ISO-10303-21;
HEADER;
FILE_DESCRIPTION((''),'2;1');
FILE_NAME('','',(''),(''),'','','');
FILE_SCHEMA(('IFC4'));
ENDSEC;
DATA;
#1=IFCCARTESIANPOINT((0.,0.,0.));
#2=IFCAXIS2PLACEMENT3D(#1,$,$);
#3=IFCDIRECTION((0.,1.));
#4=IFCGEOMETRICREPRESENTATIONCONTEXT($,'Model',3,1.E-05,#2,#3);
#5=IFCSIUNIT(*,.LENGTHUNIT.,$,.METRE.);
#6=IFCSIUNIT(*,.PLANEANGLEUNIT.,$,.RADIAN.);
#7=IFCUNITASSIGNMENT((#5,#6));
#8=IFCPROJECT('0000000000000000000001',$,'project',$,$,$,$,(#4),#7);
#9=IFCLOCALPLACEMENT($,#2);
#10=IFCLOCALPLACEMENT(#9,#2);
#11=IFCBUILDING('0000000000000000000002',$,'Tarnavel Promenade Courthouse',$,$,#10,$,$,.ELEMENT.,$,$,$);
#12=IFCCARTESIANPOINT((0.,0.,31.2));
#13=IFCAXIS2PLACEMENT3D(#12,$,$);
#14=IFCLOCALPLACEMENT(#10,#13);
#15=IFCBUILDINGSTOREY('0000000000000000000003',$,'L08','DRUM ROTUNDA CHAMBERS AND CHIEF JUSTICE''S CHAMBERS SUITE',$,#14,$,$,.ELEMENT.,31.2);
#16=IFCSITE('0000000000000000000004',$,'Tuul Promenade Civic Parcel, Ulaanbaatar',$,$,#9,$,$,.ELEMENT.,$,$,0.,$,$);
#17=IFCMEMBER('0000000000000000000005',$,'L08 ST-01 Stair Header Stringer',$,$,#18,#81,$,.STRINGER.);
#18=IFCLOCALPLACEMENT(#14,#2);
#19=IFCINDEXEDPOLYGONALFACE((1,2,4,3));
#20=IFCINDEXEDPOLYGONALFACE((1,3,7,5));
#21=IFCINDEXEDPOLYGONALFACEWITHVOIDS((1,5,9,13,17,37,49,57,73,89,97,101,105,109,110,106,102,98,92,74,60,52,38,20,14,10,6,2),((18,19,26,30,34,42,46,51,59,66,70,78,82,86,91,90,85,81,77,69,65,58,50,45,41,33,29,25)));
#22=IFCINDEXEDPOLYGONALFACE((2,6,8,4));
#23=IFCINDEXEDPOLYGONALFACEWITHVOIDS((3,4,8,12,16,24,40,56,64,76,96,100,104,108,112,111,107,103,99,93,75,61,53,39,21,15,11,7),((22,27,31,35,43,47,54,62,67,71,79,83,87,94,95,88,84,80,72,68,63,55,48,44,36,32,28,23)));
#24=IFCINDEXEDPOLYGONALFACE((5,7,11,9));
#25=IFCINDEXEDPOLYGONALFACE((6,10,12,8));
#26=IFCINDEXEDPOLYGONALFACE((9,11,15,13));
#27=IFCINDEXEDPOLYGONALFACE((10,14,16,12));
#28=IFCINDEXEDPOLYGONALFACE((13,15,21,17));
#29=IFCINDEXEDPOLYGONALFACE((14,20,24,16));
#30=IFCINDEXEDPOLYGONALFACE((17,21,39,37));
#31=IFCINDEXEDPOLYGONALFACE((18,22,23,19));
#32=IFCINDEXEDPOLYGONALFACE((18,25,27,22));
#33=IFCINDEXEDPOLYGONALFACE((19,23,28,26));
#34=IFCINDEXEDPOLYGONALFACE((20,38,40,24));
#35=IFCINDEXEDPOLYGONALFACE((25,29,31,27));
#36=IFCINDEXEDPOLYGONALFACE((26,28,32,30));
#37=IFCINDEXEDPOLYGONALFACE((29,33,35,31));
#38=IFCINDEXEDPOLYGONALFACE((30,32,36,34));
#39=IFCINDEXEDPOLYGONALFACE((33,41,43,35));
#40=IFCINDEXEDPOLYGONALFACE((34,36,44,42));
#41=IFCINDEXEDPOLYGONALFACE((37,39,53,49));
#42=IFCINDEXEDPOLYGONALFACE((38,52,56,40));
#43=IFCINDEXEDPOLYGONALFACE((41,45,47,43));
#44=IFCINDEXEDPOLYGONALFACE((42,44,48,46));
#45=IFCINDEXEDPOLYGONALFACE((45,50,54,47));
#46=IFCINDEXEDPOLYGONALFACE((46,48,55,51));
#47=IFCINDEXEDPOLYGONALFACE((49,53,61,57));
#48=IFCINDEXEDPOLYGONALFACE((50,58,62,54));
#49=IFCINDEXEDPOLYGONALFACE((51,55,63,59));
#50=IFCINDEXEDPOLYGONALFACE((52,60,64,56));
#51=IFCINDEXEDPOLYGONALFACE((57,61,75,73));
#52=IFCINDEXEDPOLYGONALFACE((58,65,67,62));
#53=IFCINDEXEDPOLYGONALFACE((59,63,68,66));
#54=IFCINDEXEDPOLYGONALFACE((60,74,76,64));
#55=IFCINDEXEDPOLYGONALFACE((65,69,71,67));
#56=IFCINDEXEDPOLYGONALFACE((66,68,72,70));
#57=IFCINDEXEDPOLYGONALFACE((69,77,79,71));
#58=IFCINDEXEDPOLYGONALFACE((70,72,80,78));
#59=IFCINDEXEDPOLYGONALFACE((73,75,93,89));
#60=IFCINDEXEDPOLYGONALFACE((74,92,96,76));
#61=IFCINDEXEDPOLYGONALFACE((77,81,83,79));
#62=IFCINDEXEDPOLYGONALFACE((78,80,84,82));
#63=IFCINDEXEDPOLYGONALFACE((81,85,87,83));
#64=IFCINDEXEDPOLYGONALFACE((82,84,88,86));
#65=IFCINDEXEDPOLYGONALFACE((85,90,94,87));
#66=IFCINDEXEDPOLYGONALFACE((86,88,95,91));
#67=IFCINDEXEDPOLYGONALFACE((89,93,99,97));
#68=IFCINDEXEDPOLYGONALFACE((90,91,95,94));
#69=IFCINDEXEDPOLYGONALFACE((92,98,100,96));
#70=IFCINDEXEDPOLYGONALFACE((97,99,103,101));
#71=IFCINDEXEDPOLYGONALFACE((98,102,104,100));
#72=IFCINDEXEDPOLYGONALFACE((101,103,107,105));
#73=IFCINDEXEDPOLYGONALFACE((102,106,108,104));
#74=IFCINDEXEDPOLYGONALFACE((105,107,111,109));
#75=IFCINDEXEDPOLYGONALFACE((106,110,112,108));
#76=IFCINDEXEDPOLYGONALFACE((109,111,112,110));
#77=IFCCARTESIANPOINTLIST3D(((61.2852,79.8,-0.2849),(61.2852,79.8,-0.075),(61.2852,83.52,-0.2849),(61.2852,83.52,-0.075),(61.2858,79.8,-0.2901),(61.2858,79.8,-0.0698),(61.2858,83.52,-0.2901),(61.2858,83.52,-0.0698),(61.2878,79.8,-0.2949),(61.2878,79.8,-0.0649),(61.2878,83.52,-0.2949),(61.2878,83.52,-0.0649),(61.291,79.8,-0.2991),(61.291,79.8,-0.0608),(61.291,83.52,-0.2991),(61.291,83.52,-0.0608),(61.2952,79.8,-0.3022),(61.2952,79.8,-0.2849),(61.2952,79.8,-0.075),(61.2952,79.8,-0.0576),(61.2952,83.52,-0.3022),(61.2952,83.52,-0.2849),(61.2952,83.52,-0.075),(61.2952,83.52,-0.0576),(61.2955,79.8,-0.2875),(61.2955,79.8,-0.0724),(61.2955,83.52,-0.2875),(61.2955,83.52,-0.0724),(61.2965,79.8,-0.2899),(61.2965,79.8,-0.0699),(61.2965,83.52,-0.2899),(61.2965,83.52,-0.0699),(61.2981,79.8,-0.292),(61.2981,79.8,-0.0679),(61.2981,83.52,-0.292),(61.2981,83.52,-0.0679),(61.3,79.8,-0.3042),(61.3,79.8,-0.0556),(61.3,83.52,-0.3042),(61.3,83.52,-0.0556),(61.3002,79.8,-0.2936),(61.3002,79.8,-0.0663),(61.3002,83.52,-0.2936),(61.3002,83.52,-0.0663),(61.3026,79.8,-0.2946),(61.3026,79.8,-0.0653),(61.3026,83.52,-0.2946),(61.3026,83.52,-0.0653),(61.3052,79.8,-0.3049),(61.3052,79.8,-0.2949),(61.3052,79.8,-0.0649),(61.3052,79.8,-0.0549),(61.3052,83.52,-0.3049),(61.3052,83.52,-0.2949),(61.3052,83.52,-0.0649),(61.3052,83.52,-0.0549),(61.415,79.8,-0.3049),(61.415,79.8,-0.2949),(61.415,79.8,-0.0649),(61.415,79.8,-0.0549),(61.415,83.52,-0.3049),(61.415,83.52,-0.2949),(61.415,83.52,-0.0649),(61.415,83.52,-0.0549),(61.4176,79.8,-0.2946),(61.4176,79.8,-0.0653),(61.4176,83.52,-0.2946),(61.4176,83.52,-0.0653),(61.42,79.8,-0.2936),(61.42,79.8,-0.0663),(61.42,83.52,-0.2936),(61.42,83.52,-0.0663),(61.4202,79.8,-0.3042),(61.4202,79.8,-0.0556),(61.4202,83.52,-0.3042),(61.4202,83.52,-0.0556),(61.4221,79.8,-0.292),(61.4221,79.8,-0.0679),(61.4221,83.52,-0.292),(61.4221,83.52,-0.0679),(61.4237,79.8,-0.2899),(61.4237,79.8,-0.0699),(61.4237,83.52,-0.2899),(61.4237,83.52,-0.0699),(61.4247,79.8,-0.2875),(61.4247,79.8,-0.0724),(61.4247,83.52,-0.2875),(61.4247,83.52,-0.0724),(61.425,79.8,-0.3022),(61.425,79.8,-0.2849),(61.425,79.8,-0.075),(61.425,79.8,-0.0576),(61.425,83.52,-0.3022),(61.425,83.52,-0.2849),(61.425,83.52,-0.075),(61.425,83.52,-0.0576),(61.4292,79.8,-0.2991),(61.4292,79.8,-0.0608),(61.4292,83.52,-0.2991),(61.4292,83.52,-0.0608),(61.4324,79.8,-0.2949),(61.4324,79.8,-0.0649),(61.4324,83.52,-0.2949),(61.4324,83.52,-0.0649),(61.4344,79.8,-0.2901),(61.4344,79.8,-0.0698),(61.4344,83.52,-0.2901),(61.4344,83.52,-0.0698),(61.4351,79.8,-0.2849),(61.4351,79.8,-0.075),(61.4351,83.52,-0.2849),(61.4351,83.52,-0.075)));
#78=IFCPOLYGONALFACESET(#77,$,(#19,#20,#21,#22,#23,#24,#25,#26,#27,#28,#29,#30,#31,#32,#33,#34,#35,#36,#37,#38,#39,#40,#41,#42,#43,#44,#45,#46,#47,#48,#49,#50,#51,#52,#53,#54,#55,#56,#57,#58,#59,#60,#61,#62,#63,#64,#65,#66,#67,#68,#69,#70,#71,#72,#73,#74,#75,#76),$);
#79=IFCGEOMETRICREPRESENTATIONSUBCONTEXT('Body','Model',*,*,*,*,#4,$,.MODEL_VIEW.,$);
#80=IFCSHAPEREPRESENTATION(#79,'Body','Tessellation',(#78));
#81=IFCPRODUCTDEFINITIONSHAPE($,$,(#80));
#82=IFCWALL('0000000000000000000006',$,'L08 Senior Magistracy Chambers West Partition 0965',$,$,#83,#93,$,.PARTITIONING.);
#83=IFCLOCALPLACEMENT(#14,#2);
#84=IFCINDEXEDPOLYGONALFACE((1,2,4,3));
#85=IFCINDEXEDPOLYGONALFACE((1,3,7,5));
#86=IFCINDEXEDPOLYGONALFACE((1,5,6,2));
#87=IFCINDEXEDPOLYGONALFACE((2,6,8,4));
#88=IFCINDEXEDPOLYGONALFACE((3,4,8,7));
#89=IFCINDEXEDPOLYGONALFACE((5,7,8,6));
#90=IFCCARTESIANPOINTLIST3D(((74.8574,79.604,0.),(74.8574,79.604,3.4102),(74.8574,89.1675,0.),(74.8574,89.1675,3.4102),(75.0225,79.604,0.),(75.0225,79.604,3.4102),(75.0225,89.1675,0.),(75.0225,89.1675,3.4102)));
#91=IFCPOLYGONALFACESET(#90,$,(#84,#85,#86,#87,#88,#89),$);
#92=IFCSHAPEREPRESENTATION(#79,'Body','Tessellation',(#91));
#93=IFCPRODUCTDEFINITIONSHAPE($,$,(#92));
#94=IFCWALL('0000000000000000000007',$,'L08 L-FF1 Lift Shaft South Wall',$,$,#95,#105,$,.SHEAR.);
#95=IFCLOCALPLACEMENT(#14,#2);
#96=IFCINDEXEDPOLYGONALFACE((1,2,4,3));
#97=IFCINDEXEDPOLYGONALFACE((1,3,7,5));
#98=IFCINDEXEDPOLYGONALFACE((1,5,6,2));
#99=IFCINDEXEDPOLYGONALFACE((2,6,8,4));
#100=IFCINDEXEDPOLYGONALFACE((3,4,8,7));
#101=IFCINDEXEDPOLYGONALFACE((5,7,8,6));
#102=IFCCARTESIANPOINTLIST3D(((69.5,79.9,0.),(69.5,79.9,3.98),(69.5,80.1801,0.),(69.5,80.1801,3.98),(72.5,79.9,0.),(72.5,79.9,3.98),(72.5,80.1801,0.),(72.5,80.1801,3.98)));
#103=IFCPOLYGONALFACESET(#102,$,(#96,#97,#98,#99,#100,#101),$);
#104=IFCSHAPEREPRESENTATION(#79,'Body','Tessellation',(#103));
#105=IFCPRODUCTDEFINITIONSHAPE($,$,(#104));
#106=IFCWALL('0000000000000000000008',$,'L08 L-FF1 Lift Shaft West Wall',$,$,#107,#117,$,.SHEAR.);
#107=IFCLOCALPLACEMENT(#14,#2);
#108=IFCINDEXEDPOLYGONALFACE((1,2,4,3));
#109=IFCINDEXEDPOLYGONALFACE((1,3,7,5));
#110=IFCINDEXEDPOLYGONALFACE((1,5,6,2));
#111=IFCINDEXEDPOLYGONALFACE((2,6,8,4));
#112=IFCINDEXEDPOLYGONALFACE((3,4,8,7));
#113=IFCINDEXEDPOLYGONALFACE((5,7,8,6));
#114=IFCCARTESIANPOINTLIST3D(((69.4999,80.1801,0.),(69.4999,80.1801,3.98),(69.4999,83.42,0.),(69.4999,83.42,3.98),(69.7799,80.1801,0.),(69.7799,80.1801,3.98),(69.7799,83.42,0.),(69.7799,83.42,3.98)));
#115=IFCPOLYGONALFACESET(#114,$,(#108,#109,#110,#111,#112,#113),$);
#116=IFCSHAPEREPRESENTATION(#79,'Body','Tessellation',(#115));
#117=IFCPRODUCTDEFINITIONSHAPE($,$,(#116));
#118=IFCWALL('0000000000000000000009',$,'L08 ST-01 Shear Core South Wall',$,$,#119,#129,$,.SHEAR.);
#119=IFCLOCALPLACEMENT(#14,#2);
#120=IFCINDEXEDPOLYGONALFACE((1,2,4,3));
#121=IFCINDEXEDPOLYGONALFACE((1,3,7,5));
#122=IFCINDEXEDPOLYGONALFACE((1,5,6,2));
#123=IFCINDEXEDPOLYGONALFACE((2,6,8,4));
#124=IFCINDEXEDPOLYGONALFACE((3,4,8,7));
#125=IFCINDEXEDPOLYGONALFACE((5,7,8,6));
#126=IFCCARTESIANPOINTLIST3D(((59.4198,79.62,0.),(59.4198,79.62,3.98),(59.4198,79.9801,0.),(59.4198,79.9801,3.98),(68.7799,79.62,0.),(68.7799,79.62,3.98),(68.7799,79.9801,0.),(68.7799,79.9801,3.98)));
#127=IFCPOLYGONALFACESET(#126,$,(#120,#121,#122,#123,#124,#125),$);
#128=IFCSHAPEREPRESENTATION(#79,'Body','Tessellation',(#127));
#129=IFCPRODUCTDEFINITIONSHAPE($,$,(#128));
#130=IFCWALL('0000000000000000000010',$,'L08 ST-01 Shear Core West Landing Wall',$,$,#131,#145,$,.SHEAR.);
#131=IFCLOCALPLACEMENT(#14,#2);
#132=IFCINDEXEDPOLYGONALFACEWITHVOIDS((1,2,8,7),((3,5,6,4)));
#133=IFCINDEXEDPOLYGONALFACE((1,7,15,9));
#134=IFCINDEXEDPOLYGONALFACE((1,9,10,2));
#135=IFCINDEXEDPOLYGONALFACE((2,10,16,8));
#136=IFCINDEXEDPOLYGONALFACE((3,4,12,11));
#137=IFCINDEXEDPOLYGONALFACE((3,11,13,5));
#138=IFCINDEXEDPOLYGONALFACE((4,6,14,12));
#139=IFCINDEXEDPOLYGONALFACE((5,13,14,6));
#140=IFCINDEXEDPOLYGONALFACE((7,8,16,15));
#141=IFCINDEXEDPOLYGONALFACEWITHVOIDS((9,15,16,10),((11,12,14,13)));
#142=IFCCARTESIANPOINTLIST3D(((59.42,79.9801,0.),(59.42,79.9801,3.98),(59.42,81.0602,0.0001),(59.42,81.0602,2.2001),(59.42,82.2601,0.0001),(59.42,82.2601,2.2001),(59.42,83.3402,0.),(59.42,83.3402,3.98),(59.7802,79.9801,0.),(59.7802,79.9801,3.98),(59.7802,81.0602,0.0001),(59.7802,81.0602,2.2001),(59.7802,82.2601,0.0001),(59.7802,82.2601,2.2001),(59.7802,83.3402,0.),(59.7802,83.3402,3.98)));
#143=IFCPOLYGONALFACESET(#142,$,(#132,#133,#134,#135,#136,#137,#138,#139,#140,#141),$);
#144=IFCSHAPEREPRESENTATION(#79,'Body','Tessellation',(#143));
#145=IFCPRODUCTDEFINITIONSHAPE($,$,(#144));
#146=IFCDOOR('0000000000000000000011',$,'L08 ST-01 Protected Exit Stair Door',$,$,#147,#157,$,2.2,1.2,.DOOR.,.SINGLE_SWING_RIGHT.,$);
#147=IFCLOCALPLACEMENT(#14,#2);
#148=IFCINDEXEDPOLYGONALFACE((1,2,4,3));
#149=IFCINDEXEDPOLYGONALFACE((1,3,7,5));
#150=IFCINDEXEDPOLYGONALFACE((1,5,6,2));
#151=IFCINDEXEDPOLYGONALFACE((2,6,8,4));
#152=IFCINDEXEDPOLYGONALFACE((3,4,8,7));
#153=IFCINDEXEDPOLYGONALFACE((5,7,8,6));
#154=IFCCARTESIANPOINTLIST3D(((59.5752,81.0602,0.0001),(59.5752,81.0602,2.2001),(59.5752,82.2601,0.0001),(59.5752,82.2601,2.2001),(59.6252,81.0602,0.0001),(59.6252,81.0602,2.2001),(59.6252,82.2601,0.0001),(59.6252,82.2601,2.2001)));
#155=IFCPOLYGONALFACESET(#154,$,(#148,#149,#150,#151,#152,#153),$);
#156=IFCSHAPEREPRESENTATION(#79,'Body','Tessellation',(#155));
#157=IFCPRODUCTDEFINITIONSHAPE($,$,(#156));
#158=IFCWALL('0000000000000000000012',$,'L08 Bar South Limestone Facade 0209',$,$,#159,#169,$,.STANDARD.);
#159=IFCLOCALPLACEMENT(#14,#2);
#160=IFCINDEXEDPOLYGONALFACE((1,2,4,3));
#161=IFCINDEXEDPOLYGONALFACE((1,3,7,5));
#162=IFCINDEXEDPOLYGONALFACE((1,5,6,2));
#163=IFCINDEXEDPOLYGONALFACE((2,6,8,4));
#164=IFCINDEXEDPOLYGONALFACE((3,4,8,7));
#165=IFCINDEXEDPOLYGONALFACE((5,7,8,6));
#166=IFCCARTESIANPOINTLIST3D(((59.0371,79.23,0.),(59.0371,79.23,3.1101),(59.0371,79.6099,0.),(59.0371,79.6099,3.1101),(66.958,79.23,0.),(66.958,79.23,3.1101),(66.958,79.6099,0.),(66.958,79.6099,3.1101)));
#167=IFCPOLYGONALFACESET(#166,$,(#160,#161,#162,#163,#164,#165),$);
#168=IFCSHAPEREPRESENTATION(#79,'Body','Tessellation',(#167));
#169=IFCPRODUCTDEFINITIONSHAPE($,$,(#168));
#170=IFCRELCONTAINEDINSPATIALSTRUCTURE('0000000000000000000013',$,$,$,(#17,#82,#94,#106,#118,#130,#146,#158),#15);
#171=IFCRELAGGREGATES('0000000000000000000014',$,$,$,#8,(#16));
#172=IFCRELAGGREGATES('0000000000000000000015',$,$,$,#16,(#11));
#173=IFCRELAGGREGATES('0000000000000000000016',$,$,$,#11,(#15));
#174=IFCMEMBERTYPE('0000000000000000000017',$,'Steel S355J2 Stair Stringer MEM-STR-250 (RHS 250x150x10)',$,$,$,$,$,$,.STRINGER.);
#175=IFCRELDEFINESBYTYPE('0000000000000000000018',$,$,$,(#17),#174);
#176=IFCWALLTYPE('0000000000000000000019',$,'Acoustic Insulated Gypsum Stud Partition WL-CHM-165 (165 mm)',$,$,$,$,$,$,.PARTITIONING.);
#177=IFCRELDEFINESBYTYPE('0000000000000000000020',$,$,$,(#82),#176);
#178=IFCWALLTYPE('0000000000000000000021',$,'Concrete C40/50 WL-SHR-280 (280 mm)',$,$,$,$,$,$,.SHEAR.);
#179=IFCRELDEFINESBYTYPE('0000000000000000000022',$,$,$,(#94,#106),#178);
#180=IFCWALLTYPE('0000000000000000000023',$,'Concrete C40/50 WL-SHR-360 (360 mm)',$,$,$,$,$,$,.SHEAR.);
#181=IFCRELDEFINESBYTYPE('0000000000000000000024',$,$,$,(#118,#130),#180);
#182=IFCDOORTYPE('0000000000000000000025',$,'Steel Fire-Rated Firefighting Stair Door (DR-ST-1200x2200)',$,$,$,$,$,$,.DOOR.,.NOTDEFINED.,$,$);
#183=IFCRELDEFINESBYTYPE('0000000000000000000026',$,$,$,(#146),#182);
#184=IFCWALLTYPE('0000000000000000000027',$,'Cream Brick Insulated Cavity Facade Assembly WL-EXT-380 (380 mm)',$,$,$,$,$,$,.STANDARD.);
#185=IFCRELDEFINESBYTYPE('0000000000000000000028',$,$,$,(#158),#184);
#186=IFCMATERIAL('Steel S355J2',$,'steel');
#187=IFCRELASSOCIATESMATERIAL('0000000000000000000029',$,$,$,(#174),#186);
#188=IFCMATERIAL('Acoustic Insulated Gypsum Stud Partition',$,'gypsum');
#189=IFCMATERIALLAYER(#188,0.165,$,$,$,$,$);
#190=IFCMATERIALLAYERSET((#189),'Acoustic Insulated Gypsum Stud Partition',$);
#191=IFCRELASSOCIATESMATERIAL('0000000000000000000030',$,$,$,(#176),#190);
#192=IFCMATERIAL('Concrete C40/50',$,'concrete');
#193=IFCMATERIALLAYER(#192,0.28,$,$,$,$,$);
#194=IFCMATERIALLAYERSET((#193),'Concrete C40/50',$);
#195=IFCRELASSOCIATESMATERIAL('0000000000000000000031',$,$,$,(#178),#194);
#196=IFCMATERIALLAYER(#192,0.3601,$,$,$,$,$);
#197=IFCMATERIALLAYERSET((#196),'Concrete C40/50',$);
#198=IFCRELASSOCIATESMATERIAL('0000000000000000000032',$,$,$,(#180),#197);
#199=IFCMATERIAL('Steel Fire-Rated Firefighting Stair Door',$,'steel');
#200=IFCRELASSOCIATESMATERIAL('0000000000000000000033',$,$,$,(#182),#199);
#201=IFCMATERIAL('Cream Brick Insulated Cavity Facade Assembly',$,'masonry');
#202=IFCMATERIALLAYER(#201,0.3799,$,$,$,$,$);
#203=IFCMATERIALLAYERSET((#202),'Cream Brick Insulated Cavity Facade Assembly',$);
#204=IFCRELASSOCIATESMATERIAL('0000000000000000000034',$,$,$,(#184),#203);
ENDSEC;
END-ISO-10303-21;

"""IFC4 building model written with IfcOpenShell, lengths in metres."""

from ifc_helpers import new_model, si_unit, direction, frame, frame_2d, origin, origin_2d, place, context, subcontext, project, spatial, rectangle, hollow_rectangle, extrude, material, layer, layer_set, material_profile, profile_set, type_object, element, fill, save


model = new_model("IFC4")

# Units and contexts
model_context = context("Model", 3, precision=1e-05, world=origin(), true_north=direction((0.0, 1.0)))
body_context = subcontext(model_context, "Body", "Model", "MODEL_VIEW")
ifc_project = project(units=[si_unit("LENGTHUNIT", "METRE"), si_unit("PLANEANGLEUNIT", "RADIAN")], contexts=[model_context])

# Site, building, storey
site_placement = place(None, origin())
site = spatial("IfcSite", under=ifc_project, at=site_placement, Name="Tuul Promenade Civic Parcel, Ulaanbaatar", CompositionType="ELEMENT", RefElevation=0.0)
building_placement = place(site_placement, origin())
building = spatial("IfcBuilding", under=site, at=building_placement, Name="Tarnavel Promenade Courthouse", CompositionType="ELEMENT")
storey_placement = place(building_placement, frame((0.0, 0.0, 31.2)))
storey = spatial("IfcBuildingStorey", under=building, at=storey_placement, Name="L08", Description="DRUM ROTUNDA CHAMBERS AND CHIEF JUSTICE'S CHAMBERS SUITE", CompositionType="ELEMENT", Elevation=31.2)

# Shared definitions
ifc_material_1 = material(Name="Concrete C40/50", Category="concrete")

# Member
ifc_material_2 = material(Name="Steel S355J2", Category="steel")
ifc_material_profile_1 = material_profile(ifc_material_2, hollow_rectangle(XDim=0.1499, YDim=0.25, WallThickness=0.01, InnerFilletRadius=0.01, OuterFilletRadius=0.02, at=origin_2d()), Name="RHS 250x150x10")
ifc_profile_set_1 = profile_set([ifc_material_profile_1], Name="Steel S355J2")
member_type_1 = type_object("IfcMemberType", Name="Steel S355J2 Stair Stringer MEM-STR-250 (RHS 250x150x10)", PredefinedType="STRINGER", material=ifc_profile_set_1)
member_1_placement = place(storey_placement, frame((61.3601, 79.8, -0.1799), z_axis=(0.0, 1.0, 0.0), x_axis=(-1.0, 0.0, 0.0)))
element("IfcMember", 1, at=member_1_placement, inside=storey, type_object=member_type_1, Name="L08 ST-01 Stair Header Stringer", PredefinedType="STRINGER", context=body_context, shape_type="SweptSolid", body=[
    extrude(hollow_rectangle(XDim=0.1499, YDim=0.25, WallThickness=0.01, InnerFilletRadius=0.01, OuterFilletRadius=0.02, at=origin_2d()), origin(), (0.0, 0.0, 1.0), 3.72),
])

# Walls
ifc_material_3 = material(Name="Acoustic Insulated Gypsum Stud Partition", Category="gypsum")
ifc_layer_1 = layer(ifc_material_3, 0.165)
ifc_layer_set_1 = layer_set([ifc_layer_1], Name="Acoustic Insulated Gypsum Stud Partition")
wall_type_1 = type_object("IfcWallType", Name="Acoustic Insulated Gypsum Stud Partition WL-CHM-165 (165 mm)", PredefinedType="PARTITIONING", material=ifc_layer_set_1)
wall_1_placement = place(storey_placement, frame((74.9399, 79.604, 0.0), z_axis=(0.0, 0.0, 1.0), x_axis=(0.0, 1.0, 0.0)))
element("IfcWall", 2, at=wall_1_placement, inside=storey, type_object=wall_type_1, Name="L08 Senior Magistracy Chambers West Partition 0965", PredefinedType="PARTITIONING", context=body_context, shape_type="SweptSolid", body=[
    extrude(rectangle(XDim=9.5635, YDim=0.165, at=frame_2d((4.7817, 0.0))), origin(), (0.0, 0.0, 1.0), 3.4102),
])
ifc_layer_2 = layer(ifc_material_1, 0.28)
ifc_layer_set_2 = layer_set([ifc_layer_2], Name="Concrete C40/50")
wall_type_2 = type_object("IfcWallType", Name="Concrete C40/50 WL-SHR-280 (280 mm)", PredefinedType="SHEAR", material=ifc_layer_set_2)
wall_2_placement = place(storey_placement, frame((72.5, 80.04, 0.0), z_axis=(0.0, 0.0, 1.0), x_axis=(-1.0, 0.0, 0.0)))
element("IfcWall", 3, at=wall_2_placement, inside=storey, type_object=wall_type_2, Name="L08 L-FF1 Lift Shaft South Wall", PredefinedType="SHEAR", context=body_context, shape_type="SweptSolid", body=[
    extrude(rectangle(XDim=3.0, YDim=0.28, at=frame_2d((1.5, 0.0))), origin(), (0.0, 0.0, 1.0), 3.98),
])
wall_3_placement = place(storey_placement, frame((69.6399, 80.1799, 0.0), z_axis=(0.0, 0.0, 1.0), x_axis=(0.0, 1.0, 0.0)))
element("IfcWall", 4, at=wall_3_placement, inside=storey, type_object=wall_type_2, Name="L08 L-FF1 Lift Shaft West Wall", PredefinedType="SHEAR", context=body_context, shape_type="SweptSolid", body=[
    extrude(rectangle(XDim=3.24, YDim=0.28, at=frame_2d((1.6201, 0.0))), origin(), (0.0, 0.0, 1.0), 3.98),
])
ifc_layer_3 = layer(ifc_material_1, 0.3601)
ifc_layer_set_3 = layer_set([ifc_layer_3], Name="Concrete C40/50")
wall_type_3 = type_object("IfcWallType", Name="Concrete C40/50 WL-SHR-360 (360 mm)", PredefinedType="SHEAR", material=ifc_layer_set_3)
wall_4_placement = place(storey_placement, frame((68.78, 79.8, 0.0), z_axis=(0.0, 0.0, 1.0), x_axis=(-1.0, 0.0, 0.0)))
element("IfcWall", 5, at=wall_4_placement, inside=storey, type_object=wall_type_3, Name="L08 ST-01 Shear Core South Wall", PredefinedType="SHEAR", context=body_context, shape_type="SweptSolid", body=[
    extrude(rectangle(XDim=9.3601, YDim=0.3601, at=frame_2d((4.6802, 0.0))), origin(), (0.0, 0.0, 1.0), 3.98),
])

# Wall, opening, door
wall_5_placement = place(storey_placement, frame((59.6001, 79.98, 0.0), z_axis=(0.0, 0.0, 1.0), x_axis=(0.0, 1.0, 0.0)))
wall_5 = element("IfcWall", 6, at=wall_5_placement, inside=storey, type_object=wall_type_3, Name="L08 ST-01 Shear Core West Landing Wall", PredefinedType="SHEAR", context=body_context, shape_type="SweptSolid", body=[
    extrude(rectangle(XDim=3.3601, YDim=0.3601, at=frame_2d((1.6802, 0.0))), origin(), (0.0, 0.0, 1.0), 3.98),
])
opening_1_placement = place(wall_5_placement, frame((1.0801, 0.0, 0.0)))
opening_1 = element("IfcOpeningElement", 7, at=opening_1_placement, cuts=wall_5, PredefinedType="OPENING", context=body_context, shape_type="SweptSolid", body=[
    extrude(rectangle(XDim=1.2, YDim=2.2, at=frame_2d((0.6001, 1.1001))), frame((0.0, 0.1899, 0.0), z_axis=(0.0, -1.0, 0.0), x_axis=(1.0, 0.0, 0.0)), (0.0, 0.0, 1.0), 0.3801),
])
ifc_material_4 = material(Name="Steel Fire-Rated Firefighting Stair Door", Category="steel")
door_type = type_object("IfcDoorType", Name="Steel Fire-Rated Firefighting Stair Door (DR-ST-1200x2200)", OperationType="NOTDEFINED", PredefinedType="DOOR", material=ifc_material_4)
door_placement = place(opening_1_placement, origin())
door = element("IfcDoor", 8, at=door_placement, inside=storey, type_object=door_type, Name="L08 ST-01 Protected Exit Stair Door", OperationType="SINGLE_SWING_RIGHT", OverallHeight=2.2, OverallWidth=1.2, PredefinedType="DOOR", context=body_context, shape_type="SweptSolid", body=[
    extrude(rectangle(XDim=1.2, YDim=2.2, at=frame_2d((0.6001, 1.1001))), frame((0.0, 0.0249, 0.0), z_axis=(0.0, -1.0, 0.0), x_axis=(1.0, 0.0, 0.0)), (0.0, 0.0, 1.0), 0.05),
])
fill(opening_1, door)

# Wall
ifc_material_5 = material(Name="Cream Brick Insulated Cavity Facade Assembly", Category="masonry")
ifc_layer_4 = layer(ifc_material_5, 0.3799)
ifc_layer_set_4 = layer_set([ifc_layer_4], Name="Cream Brick Insulated Cavity Facade Assembly")
wall_type_4 = type_object("IfcWallType", Name="Cream Brick Insulated Cavity Facade Assembly WL-EXT-380 (380 mm)", PredefinedType="STANDARD", material=ifc_layer_set_4)
wall_6_placement = place(storey_placement, frame((66.958, 79.4199, 0.0), z_axis=(0.0, 0.0, 1.0), x_axis=(-1.0, 0.0, 0.0)))
element("IfcWall", 9, at=wall_6_placement, inside=storey, type_object=wall_type_4, Name="L08 Bar South Limestone Facade 0209", PredefinedType="STANDARD", context=body_context, shape_type="SweptSolid", body=[
    extrude(rectangle(XDim=7.9209, YDim=0.3799, at=frame_2d((3.9604, 0.0))), origin(), (0.0, 0.0, 1.0), 3.1101),
])

save(model, "model.ifc")
